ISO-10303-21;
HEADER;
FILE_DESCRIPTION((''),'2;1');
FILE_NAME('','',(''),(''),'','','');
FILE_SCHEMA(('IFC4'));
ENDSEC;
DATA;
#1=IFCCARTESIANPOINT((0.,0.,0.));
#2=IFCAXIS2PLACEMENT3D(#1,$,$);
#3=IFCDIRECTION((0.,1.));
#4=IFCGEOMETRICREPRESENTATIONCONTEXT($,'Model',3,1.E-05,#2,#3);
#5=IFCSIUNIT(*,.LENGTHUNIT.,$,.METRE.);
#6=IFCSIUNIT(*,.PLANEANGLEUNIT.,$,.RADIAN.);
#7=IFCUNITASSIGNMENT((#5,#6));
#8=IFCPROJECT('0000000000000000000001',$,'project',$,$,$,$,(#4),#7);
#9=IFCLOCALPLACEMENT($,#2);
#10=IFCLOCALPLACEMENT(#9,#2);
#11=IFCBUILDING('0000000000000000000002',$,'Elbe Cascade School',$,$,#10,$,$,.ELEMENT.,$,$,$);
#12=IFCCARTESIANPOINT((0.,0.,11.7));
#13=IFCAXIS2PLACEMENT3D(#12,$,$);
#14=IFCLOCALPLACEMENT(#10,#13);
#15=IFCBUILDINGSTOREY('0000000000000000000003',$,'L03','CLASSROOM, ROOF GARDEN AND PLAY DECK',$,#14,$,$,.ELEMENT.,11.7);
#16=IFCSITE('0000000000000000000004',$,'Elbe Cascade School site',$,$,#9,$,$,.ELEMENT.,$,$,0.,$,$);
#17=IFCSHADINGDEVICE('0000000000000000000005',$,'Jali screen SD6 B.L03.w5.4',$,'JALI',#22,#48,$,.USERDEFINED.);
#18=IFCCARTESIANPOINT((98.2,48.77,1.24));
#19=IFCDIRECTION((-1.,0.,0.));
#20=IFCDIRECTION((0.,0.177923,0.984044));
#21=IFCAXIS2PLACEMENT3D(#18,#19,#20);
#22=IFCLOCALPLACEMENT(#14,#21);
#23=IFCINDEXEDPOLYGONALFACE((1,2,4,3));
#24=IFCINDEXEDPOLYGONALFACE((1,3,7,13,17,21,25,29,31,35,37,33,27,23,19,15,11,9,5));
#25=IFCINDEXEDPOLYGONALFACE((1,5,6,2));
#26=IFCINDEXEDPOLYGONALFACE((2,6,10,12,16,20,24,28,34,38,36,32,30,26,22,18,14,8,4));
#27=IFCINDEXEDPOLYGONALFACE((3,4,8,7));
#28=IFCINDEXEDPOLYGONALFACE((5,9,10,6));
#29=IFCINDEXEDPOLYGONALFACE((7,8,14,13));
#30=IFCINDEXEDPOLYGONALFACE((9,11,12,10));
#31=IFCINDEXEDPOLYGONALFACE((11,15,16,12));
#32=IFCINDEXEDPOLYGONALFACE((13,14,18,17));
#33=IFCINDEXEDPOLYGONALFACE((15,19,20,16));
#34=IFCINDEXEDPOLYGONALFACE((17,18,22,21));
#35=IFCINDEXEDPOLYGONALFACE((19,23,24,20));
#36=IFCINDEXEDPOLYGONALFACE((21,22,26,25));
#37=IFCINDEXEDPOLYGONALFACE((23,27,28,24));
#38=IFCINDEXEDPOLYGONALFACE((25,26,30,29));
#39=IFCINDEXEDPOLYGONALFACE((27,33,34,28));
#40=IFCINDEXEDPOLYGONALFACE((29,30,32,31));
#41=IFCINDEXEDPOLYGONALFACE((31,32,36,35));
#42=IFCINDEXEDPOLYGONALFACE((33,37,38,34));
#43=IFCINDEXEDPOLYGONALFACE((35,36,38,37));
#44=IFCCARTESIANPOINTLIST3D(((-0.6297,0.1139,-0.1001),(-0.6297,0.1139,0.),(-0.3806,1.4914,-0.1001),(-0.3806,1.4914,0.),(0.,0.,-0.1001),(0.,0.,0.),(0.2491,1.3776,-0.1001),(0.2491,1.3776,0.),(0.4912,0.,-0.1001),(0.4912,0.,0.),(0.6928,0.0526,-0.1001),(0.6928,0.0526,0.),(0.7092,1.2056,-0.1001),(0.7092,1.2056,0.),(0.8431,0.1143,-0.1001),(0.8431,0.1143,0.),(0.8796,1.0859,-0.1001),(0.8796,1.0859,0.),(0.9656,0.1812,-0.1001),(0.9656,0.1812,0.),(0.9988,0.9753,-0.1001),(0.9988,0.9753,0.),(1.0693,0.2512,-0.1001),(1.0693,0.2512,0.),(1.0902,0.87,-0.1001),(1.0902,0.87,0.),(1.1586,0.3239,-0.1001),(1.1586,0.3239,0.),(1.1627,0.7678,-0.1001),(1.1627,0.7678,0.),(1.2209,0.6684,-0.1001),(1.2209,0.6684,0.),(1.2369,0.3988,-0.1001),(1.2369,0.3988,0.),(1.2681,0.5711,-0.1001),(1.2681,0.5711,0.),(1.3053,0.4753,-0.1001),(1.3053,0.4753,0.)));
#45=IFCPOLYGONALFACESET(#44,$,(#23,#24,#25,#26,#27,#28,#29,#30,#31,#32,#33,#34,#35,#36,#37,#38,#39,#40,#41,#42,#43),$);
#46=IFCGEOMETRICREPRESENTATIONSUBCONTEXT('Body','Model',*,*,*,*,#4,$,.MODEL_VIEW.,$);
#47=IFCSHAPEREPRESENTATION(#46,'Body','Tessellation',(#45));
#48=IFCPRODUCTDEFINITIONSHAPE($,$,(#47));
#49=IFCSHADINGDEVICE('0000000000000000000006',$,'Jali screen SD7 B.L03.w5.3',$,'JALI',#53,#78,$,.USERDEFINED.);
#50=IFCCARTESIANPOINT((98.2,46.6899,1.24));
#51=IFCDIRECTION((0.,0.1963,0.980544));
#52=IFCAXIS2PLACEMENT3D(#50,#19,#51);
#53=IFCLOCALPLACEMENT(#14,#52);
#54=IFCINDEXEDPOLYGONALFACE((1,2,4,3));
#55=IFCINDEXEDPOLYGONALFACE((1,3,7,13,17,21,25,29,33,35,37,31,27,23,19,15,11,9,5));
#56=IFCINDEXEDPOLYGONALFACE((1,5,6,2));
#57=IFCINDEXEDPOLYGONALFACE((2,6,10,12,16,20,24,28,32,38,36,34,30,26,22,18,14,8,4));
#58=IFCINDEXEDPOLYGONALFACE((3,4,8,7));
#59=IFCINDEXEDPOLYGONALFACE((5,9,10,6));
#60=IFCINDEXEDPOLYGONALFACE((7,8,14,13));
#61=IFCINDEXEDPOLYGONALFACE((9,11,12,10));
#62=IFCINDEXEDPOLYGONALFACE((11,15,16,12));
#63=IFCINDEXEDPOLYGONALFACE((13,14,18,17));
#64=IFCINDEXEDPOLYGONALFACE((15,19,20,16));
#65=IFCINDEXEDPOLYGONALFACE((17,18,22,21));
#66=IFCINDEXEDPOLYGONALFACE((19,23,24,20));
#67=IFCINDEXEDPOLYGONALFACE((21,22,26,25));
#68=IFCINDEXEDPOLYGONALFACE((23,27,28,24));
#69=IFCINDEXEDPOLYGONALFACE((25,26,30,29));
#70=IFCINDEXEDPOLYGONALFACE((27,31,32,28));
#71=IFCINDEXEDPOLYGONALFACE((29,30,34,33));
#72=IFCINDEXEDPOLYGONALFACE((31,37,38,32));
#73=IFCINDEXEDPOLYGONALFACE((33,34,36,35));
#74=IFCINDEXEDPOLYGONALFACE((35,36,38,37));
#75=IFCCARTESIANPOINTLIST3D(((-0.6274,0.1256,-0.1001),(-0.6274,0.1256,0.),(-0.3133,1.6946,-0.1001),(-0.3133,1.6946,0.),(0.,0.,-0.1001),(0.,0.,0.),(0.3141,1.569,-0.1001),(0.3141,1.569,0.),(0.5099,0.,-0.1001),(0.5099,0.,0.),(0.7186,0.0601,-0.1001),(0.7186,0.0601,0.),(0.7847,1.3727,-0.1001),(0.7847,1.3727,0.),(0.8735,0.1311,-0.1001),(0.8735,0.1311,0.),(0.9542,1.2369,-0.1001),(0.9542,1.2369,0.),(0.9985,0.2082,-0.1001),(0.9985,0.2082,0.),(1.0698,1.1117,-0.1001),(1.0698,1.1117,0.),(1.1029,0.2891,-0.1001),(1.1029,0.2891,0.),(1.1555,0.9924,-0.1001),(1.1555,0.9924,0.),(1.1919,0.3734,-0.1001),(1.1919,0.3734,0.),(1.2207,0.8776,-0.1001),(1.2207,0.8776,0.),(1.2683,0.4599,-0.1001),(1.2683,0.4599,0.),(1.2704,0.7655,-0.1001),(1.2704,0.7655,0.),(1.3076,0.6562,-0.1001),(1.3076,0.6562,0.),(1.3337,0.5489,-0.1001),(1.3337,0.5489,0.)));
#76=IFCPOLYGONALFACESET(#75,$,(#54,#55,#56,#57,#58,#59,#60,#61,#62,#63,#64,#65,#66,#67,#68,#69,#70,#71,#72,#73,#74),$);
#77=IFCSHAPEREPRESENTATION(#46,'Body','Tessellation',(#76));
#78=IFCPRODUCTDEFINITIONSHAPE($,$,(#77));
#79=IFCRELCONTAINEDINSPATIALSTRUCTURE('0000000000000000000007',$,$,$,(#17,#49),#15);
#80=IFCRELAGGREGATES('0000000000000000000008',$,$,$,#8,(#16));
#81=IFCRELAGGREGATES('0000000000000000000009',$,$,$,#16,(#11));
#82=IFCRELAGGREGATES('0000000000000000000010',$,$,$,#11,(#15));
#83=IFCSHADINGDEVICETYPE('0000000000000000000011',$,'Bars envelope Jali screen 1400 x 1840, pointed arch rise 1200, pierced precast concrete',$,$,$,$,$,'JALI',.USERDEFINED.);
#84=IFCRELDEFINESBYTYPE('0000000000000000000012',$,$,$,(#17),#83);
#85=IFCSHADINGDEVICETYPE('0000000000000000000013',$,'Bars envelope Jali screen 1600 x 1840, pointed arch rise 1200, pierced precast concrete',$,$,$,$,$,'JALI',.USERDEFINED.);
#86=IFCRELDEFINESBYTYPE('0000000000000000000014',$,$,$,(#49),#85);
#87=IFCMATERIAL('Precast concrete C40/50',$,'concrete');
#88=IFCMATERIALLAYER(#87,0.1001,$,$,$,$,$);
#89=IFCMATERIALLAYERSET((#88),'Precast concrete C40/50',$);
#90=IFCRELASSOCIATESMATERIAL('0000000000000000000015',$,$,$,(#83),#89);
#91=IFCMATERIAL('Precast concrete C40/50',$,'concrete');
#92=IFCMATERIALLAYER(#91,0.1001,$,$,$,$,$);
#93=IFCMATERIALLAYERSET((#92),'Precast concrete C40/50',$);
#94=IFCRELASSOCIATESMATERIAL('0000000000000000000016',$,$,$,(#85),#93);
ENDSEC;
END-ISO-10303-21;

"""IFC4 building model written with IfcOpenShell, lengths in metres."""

from ifc_helpers import new_model, si_unit, direction, frame, origin, place, context, subcontext, project, spatial, polyline, outline, extrude, material, layer, layer_set, type_object, element, save


model = new_model("IFC4")

# Units and contexts
model_context = context("Model", 3, precision=1e-05, world=origin(), true_north=direction((0.0, 1.0)))
body_context = subcontext(model_context, "Body", "Model", "MODEL_VIEW")
ifc_project = project(units=[si_unit("LENGTHUNIT", "METRE"), si_unit("PLANEANGLEUNIT", "RADIAN")], contexts=[model_context])

# Site, building, storey
site_placement = place(None, origin())
site = spatial("IfcSite", under=ifc_project, at=site_placement, Name="Elbe Cascade School site", CompositionType="ELEMENT", RefElevation=0.0)
building_placement = place(site_placement, origin())
building = spatial("IfcBuilding", under=site, at=building_placement, Name="Elbe Cascade School", CompositionType="ELEMENT")
storey_placement = place(building_placement, frame((0.0, 0.0, 11.7)))
storey = spatial("IfcBuildingStorey", under=building, at=storey_placement, Name="L03", Description="CLASSROOM, ROOF GARDEN AND PLAY DECK", CompositionType="ELEMENT", Elevation=11.7)

# Shading devices
ifc_material_1 = material(Name="Precast concrete C40/50", Category="concrete")
ifc_layer_1 = layer(ifc_material_1, 0.1001)
ifc_layer_set_1 = layer_set([ifc_layer_1], Name="Precast concrete C40/50")
shading_device_type_1 = type_object("IfcShadingDeviceType", Name="Bars envelope Jali screen 1400 x 1840, pointed arch rise 1200, pierced precast concrete", ElementType="JALI", PredefinedType="USERDEFINED", material=ifc_layer_set_1)
shading_device_1_placement = place(storey_placement, frame((98.2, 48.77, 1.24), z_axis=(-1.0, 0.0, 0.0), x_axis=(0.0, 0.177923, 0.984044)))
element("IfcShadingDevice", 1, at=shading_device_1_placement, inside=storey, type_object=shading_device_type_1, Name="Jali screen SD6 B.L03.w5.4", ObjectType="JALI", PredefinedType="USERDEFINED", context=body_context, shape_type="SweptSolid", body=[
    extrude(outline(polyline([(0.0, 0.0), (0.4912, 0.0), (0.6928, 0.0526), (0.8431, 0.1143), (0.9656, 0.1812), (1.0693, 0.2512), (1.1586, 0.3239), (1.2369, 0.3988), (1.3053, 0.4753), (1.2681, 0.5711), (1.2209, 0.6684), (1.1627, 0.7678), (1.0902, 0.87), (0.9988, 0.9753), (0.8796, 1.0859), (0.7092, 1.2056), (0.2491, 1.3776), (-0.3806, 1.4914), (-0.6297, 0.1139), (0.0, 0.0)])), origin(), (0.0, 0.0, -1.0), 0.1001),
])
ifc_material_2 = material(Name="Precast concrete C40/50", Category="concrete")
ifc_layer_2 = layer(ifc_material_2, 0.1001)
ifc_layer_set_2 = layer_set([ifc_layer_2], Name="Precast concrete C40/50")
shading_device_type_2 = type_object("IfcShadingDeviceType", Name="Bars envelope Jali screen 1600 x 1840, pointed arch rise 1200, pierced precast concrete", ElementType="JALI", PredefinedType="USERDEFINED", material=ifc_layer_set_2)
shading_device_2_placement = place(storey_placement, frame((98.2, 46.6899, 1.24), z_axis=(-1.0, 0.0, 0.0), x_axis=(0.0, 0.1963, 0.980544)))
element("IfcShadingDevice", 2, at=shading_device_2_placement, inside=storey, type_object=shading_device_type_2, Name="Jali screen SD7 B.L03.w5.3", ObjectType="JALI", PredefinedType="USERDEFINED", context=body_context, shape_type="SweptSolid", body=[
    extrude(outline(polyline([(0.0, 0.0), (0.5099, 0.0), (0.7186, 0.0601), (0.8735, 0.1311), (0.9985, 0.2082), (1.1029, 0.2891), (1.1919, 0.3734), (1.2683, 0.4599), (1.3337, 0.5489), (1.3076, 0.6562), (1.2704, 0.7655), (1.2207, 0.8776), (1.1555, 0.9924), (1.0698, 1.1117), (0.9542, 1.2369), (0.7847, 1.3727), (0.3141, 1.569), (-0.3133, 1.6946), (-0.6274, 0.1256), (0.0, 0.0)])), origin(), (0.0, 0.0, -1.0), 0.1001),
])

save(model, "model.ifc")
